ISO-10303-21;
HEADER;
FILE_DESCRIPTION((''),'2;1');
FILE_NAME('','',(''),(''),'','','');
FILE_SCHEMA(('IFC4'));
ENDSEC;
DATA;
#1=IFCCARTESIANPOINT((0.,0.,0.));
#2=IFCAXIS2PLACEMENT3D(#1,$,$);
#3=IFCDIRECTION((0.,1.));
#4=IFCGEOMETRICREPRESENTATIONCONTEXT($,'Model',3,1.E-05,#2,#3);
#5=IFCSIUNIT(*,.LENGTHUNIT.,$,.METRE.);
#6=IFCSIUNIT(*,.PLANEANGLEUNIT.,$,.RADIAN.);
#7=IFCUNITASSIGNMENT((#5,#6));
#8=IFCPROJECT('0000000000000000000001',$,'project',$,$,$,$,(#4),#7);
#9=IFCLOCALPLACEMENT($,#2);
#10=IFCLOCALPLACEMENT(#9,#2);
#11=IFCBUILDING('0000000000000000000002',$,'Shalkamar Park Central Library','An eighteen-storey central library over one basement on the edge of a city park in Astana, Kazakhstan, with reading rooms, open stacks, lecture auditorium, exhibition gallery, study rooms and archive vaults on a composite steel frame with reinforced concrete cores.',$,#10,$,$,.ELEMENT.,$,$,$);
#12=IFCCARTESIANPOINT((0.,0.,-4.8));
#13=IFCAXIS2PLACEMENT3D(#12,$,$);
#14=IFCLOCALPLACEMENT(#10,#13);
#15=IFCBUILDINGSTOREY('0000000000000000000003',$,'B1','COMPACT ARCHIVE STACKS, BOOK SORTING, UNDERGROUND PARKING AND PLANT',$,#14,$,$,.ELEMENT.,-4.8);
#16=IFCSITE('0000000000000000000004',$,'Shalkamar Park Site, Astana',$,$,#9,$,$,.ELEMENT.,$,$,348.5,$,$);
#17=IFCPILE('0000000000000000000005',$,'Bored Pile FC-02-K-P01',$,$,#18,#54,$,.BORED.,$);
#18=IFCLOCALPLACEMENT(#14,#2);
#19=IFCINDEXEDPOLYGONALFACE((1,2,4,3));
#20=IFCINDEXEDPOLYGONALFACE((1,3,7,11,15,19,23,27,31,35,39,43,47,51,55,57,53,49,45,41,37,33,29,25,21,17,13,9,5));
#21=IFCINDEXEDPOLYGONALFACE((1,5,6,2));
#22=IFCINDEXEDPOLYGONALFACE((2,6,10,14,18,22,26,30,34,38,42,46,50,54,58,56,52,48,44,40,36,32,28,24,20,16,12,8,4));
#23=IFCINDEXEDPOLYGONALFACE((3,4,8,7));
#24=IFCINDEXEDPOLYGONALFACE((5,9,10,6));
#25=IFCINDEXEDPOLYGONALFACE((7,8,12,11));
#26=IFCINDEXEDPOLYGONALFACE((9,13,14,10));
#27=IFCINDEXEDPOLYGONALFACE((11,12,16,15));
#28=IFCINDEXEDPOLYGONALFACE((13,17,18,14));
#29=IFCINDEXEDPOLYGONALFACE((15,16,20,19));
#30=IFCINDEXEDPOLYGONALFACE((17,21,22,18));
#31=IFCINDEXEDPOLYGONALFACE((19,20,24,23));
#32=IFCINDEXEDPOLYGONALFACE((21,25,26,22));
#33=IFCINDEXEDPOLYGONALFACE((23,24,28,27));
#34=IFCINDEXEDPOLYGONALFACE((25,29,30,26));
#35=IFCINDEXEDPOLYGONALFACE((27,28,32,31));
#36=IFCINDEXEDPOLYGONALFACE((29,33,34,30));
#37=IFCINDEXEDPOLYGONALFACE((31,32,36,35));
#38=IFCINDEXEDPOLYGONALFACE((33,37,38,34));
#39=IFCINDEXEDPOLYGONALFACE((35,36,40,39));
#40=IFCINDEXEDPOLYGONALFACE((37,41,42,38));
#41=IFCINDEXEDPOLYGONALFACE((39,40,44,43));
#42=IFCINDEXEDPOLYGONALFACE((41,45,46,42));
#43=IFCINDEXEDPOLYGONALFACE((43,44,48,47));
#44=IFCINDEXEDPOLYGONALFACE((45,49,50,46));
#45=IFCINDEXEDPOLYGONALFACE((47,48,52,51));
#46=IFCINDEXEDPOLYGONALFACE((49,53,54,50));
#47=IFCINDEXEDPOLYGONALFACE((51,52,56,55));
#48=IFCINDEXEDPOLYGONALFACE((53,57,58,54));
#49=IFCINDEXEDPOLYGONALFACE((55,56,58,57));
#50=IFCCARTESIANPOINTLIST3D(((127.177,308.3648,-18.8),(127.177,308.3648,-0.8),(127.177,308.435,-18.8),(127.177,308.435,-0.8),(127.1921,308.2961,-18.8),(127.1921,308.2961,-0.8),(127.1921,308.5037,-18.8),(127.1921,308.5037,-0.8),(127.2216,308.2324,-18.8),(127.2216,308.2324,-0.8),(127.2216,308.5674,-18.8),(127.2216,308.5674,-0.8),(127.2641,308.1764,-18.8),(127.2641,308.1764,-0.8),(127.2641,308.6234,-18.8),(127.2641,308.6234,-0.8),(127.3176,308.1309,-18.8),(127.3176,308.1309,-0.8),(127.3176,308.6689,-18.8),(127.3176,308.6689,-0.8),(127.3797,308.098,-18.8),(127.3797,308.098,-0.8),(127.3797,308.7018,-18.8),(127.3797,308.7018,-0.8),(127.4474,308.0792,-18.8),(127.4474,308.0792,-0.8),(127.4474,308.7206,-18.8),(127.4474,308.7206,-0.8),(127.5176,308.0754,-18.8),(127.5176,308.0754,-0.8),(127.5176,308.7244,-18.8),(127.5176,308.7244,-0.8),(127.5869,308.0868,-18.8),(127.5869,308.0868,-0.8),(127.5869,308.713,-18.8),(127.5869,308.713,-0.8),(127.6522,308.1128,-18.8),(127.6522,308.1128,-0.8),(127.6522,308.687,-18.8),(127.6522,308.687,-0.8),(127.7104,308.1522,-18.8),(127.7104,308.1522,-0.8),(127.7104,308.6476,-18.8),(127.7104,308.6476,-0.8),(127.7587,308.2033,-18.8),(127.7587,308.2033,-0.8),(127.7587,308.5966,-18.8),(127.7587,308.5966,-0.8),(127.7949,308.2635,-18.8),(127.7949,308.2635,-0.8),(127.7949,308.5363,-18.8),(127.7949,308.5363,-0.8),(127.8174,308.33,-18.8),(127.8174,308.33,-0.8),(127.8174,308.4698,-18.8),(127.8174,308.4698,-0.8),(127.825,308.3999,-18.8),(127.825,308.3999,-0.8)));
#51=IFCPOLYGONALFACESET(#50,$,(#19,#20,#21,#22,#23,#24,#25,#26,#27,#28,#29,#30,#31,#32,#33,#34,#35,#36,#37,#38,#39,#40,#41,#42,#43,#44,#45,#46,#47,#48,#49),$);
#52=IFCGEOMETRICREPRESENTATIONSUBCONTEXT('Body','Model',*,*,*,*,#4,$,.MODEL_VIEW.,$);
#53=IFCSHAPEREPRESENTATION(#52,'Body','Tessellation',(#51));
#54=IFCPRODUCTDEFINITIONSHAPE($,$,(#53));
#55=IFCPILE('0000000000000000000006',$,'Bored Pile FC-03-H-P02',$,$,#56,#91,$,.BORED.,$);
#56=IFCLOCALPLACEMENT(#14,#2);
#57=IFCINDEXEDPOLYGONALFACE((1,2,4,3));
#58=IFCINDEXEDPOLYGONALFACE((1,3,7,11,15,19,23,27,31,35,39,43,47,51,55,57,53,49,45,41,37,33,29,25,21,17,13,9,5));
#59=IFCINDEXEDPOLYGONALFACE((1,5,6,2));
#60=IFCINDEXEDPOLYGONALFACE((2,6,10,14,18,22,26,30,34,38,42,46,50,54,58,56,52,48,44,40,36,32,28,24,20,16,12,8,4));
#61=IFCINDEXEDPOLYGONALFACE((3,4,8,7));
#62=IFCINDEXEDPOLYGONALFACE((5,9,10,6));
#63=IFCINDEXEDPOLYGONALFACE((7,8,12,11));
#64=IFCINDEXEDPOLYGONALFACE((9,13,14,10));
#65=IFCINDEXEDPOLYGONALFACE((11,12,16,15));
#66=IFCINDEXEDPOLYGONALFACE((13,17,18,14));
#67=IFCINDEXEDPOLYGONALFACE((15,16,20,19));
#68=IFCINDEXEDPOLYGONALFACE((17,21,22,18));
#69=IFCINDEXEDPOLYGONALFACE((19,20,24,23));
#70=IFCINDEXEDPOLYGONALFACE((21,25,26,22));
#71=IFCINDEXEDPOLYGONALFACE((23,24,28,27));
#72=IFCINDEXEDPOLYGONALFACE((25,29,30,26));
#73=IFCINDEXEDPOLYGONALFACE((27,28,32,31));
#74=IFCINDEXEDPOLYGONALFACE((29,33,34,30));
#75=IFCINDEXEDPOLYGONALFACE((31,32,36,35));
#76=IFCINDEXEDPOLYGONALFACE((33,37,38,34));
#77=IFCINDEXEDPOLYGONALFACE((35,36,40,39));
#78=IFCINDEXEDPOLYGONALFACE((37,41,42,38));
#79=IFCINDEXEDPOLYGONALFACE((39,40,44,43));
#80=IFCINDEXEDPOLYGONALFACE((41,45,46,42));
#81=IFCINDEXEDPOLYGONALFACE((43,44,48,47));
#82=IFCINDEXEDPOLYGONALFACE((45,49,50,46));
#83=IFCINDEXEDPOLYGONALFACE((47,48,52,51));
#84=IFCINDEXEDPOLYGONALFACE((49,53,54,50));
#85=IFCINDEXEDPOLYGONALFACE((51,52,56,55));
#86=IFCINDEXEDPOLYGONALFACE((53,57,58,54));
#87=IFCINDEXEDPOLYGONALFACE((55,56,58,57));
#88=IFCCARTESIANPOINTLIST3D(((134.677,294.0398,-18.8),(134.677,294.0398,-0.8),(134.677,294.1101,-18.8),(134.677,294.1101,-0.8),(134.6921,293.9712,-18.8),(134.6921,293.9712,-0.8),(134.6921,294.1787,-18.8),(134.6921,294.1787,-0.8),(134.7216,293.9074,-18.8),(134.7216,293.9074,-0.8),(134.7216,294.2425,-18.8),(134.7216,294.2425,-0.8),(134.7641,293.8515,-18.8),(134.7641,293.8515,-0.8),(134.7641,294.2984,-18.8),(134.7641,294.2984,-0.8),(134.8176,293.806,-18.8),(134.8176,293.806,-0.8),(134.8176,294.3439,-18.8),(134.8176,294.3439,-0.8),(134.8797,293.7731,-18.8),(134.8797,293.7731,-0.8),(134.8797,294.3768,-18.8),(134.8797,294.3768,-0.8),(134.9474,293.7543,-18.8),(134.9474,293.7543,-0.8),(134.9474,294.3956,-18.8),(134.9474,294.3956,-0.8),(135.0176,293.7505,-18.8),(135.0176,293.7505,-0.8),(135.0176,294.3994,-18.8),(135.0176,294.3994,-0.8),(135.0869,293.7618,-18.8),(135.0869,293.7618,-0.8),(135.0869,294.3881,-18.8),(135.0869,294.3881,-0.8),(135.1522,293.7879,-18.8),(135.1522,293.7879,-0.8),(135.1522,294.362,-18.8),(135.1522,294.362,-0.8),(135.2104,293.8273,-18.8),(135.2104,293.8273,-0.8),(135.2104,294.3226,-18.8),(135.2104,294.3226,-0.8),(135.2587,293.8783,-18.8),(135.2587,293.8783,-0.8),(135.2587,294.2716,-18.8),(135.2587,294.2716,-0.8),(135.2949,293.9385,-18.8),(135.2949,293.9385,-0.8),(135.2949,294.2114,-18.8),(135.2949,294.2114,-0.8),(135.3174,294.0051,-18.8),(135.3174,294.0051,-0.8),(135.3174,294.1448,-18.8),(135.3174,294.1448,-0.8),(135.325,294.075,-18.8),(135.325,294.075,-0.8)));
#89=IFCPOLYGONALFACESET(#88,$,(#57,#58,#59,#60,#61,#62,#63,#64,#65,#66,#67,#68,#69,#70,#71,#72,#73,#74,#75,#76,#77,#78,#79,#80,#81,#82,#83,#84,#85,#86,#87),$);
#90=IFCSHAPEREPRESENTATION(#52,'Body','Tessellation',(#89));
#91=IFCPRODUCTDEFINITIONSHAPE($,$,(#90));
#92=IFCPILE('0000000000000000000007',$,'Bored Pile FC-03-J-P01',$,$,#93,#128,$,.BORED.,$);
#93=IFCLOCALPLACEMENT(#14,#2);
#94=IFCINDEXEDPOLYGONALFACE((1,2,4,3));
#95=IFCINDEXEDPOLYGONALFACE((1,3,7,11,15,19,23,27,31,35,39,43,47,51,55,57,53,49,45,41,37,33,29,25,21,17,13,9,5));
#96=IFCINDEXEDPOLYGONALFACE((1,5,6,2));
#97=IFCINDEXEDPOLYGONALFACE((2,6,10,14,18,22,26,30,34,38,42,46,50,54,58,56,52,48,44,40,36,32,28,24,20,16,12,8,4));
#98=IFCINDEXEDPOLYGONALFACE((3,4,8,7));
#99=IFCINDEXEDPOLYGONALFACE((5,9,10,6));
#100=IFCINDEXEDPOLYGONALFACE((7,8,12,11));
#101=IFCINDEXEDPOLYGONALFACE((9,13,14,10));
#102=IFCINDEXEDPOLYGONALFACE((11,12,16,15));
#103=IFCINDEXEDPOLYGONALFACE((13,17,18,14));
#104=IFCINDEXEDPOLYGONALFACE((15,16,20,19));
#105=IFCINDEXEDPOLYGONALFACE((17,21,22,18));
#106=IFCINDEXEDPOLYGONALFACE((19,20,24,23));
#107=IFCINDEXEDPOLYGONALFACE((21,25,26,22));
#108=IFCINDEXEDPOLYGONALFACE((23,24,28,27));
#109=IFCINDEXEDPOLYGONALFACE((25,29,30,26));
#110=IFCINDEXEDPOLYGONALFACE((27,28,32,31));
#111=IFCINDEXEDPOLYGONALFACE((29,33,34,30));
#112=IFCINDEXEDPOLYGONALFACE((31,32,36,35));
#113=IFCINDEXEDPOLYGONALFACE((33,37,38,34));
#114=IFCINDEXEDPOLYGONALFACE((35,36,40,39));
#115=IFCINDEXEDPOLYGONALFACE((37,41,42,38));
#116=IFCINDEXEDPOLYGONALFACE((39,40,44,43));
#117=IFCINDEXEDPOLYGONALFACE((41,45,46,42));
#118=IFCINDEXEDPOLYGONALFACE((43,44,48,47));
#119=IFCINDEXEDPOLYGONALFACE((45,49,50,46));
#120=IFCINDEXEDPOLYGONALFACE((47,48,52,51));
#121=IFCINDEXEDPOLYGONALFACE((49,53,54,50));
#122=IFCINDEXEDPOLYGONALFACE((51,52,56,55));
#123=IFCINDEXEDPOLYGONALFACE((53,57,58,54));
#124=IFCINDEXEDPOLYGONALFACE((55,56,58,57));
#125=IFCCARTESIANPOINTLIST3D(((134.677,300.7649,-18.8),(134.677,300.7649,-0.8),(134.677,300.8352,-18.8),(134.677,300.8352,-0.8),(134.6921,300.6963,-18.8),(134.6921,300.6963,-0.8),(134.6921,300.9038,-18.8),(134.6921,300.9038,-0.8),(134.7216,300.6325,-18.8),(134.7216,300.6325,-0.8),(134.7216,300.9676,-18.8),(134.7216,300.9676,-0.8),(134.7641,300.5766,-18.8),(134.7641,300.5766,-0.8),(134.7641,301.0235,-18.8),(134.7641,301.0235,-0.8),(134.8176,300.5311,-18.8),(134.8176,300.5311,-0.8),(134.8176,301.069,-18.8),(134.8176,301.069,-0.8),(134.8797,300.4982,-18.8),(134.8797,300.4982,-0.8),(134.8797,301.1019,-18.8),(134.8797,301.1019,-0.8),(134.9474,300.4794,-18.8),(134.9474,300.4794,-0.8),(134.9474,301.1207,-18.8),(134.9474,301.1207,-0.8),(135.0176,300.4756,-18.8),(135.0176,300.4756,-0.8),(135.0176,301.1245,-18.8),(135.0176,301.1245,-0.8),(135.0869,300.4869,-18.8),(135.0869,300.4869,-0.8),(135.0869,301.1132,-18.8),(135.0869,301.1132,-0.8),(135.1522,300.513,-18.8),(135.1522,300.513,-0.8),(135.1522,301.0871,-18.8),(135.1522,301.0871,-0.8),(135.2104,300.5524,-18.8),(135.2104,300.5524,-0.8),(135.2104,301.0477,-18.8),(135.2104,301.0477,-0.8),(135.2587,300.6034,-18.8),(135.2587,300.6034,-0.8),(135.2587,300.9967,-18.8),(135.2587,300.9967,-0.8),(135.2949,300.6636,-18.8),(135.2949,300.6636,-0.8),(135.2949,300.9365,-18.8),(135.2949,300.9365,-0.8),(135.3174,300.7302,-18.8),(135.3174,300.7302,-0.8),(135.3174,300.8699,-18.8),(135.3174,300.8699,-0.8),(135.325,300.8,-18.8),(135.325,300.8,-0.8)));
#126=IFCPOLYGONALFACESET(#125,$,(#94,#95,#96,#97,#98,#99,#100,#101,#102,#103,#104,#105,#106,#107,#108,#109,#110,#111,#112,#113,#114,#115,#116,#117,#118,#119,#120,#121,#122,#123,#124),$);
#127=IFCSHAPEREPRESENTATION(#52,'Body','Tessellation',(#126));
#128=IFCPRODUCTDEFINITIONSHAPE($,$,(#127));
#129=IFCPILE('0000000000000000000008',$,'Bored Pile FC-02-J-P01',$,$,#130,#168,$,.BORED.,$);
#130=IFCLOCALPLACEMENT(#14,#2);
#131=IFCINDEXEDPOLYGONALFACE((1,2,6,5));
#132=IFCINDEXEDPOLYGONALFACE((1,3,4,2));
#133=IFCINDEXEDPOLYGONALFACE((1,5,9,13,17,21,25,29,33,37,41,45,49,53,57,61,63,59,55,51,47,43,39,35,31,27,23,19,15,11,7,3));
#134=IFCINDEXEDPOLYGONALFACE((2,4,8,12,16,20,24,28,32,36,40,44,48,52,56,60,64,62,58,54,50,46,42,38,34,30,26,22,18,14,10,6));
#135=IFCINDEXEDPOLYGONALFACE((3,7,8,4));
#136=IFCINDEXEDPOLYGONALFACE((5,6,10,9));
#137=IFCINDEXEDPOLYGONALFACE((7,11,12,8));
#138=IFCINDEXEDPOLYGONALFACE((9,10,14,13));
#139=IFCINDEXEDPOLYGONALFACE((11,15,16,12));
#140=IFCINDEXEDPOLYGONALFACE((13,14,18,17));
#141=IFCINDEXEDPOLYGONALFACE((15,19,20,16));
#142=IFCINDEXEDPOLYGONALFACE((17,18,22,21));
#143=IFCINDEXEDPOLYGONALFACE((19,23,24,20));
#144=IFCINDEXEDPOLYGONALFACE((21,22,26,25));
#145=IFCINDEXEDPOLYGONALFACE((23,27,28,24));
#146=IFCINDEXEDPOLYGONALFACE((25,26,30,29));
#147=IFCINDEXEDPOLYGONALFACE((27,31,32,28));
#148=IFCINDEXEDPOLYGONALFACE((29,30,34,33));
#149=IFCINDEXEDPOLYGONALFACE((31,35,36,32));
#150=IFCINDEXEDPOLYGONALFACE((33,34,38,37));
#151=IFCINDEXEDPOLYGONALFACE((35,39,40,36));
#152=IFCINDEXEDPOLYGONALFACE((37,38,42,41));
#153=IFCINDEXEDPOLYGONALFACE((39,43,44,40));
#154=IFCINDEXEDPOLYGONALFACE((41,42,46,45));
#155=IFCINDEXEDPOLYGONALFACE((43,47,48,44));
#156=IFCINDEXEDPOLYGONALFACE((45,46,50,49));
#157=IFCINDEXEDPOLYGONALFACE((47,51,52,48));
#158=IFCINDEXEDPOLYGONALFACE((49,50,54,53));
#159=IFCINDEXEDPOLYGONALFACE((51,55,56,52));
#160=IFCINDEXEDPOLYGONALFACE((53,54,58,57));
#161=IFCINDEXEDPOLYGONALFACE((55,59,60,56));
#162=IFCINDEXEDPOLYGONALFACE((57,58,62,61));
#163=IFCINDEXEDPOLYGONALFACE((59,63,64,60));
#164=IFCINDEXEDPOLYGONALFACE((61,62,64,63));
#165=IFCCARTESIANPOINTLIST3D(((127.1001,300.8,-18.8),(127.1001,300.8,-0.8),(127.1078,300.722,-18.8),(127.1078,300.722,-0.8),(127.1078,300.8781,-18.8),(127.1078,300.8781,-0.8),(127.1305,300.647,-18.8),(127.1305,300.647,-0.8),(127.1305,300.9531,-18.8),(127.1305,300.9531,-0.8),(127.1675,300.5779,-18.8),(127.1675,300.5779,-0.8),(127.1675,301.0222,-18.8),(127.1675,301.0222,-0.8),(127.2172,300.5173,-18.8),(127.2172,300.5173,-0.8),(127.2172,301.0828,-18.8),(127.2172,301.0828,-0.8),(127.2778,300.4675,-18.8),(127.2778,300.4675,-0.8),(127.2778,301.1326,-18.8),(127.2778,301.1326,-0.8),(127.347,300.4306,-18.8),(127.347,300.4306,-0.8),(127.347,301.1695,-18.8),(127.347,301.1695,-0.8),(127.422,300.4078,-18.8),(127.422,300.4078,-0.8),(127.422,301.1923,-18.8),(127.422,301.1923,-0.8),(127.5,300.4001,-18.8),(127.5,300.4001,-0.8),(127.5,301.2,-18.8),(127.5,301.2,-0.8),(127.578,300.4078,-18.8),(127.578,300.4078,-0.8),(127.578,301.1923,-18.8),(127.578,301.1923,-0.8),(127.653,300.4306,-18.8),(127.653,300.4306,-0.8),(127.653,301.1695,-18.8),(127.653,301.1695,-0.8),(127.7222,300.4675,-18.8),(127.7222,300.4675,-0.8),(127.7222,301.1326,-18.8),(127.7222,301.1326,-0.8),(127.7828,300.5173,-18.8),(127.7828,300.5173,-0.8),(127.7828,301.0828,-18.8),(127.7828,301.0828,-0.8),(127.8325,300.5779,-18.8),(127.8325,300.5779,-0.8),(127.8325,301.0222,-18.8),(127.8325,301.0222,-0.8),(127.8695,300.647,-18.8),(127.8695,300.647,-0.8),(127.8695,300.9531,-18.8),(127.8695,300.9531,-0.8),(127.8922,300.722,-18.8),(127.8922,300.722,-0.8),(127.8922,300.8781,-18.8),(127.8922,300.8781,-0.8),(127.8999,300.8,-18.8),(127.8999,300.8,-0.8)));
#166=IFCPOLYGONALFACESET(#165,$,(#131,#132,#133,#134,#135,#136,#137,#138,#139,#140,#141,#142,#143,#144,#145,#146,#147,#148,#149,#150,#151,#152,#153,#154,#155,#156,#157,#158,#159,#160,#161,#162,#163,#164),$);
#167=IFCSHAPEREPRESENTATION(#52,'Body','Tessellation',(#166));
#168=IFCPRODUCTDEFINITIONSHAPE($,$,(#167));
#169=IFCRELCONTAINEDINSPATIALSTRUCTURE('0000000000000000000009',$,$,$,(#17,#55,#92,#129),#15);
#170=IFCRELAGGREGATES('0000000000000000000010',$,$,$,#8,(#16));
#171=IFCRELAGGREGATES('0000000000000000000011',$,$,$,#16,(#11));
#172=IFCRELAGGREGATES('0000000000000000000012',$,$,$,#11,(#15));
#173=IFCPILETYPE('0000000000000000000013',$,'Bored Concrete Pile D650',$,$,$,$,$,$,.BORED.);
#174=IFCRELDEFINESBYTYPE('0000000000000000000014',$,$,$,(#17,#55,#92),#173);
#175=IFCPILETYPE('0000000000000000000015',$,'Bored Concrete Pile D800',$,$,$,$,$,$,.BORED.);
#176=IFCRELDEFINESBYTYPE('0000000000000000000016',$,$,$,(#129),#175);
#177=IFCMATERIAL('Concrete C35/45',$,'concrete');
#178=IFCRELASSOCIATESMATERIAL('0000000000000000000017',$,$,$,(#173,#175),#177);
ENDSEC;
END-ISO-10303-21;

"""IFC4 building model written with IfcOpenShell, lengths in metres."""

from ifc_helpers import new_model, si_unit, direction, frame, origin, origin_2d, place, context, subcontext, project, spatial, circle, extrude, material, material_profile, profile_set, type_object, element, save


model = new_model("IFC4")

# Units and contexts
model_context = context("Model", 3, precision=1e-05, world=origin(), true_north=direction((0.0, 1.0)))
body_context = subcontext(model_context, "Body", "Model", "MODEL_VIEW")
ifc_project = project(units=[si_unit("LENGTHUNIT", "METRE"), si_unit("PLANEANGLEUNIT", "RADIAN")], contexts=[model_context])

# Site, building, storey
site_placement = place(None, origin())
site = spatial("IfcSite", under=ifc_project, at=site_placement, Name="Shalkamar Park Site, Astana", CompositionType="ELEMENT", RefElevation=348.5)
building_placement = place(site_placement, origin())
building = spatial("IfcBuilding", under=site, at=building_placement, Name="Shalkamar Park Central Library", Description="An eighteen-storey central library over one basement on the edge of a city park in Astana, Kazakhstan, with reading rooms, open stacks, lecture auditorium, exhibition gallery, study rooms and archive vaults on a composite steel frame with reinforced concrete cores.", CompositionType="ELEMENT")
storey_placement = place(building_placement, frame((0.0, 0.0, -4.8)))
storey = spatial("IfcBuildingStorey", under=building, at=storey_placement, Name="B1", Description="COMPACT ARCHIVE STACKS, BOOK SORTING, UNDERGROUND PARKING AND PLANT", CompositionType="ELEMENT", Elevation=-4.8)

# Piles
ifc_material_1 = material(Name="Concrete C35/45", Category="concrete")
ifc_material_profile_1 = material_profile(ifc_material_1, circle(Radius=0.325, at=origin_2d()), Name="PILE D650")
ifc_profile_set_1 = profile_set([ifc_material_profile_1], Name="Concrete C35/45")
pile_type_1 = type_object("IfcPileType", Name="Bored Concrete Pile D650", PredefinedType="BORED", material=ifc_profile_set_1)
for number, where, z_axis, x_axis, name in (
    (1, (127.5, 308.3999, -0.8), (0.0, 0.0, -1.0), (1.0, 0.0, 0.0), "Bored Pile FC-02-K-P01"),
    (2, (135.0, 294.075, -0.8), (0.0, 0.0, -1.0), (1.0, 0.0, 0.0), "Bored Pile FC-03-H-P02"),
    (3, (135.0, 300.8, -0.8), (0.0, 0.0, -1.0), (1.0, 0.0, 0.0), "Bored Pile FC-03-J-P01"),
):
    element("IfcPile", number, at=place(storey_placement, frame(where, z_axis=z_axis, x_axis=x_axis)), inside=storey, type_object=pile_type_1, Name=name, PredefinedType="BORED", context=body_context, shape_type="SweptSolid", body=[
        extrude(circle(Radius=0.325, at=origin_2d()), origin(), (0.0, 0.0, 1.0), 18.0),
    ])
ifc_material_profile_2 = material_profile(ifc_material_1, circle(Radius=0.3999, at=origin_2d()), Name="PILE D800")
ifc_profile_set_2 = profile_set([ifc_material_profile_2], Name="Concrete C35/45")
pile_type_2 = type_object("IfcPileType", Name="Bored Concrete Pile D800", PredefinedType="BORED", material=ifc_profile_set_2)
pile_1_placement = place(storey_placement, frame((127.5, 300.8, -0.8), z_axis=(0.0, 0.0, -1.0), x_axis=(1.0, 0.0, 0.0)))
element("IfcPile", 4, at=pile_1_placement, inside=storey, type_object=pile_type_2, Name="Bored Pile FC-02-J-P01", PredefinedType="BORED", context=body_context, shape_type="SweptSolid", body=[
    extrude(circle(Radius=0.3999, at=origin_2d()), origin(), (0.0, 0.0, 1.0), 18.0),
])

save(model, "model.ifc")
